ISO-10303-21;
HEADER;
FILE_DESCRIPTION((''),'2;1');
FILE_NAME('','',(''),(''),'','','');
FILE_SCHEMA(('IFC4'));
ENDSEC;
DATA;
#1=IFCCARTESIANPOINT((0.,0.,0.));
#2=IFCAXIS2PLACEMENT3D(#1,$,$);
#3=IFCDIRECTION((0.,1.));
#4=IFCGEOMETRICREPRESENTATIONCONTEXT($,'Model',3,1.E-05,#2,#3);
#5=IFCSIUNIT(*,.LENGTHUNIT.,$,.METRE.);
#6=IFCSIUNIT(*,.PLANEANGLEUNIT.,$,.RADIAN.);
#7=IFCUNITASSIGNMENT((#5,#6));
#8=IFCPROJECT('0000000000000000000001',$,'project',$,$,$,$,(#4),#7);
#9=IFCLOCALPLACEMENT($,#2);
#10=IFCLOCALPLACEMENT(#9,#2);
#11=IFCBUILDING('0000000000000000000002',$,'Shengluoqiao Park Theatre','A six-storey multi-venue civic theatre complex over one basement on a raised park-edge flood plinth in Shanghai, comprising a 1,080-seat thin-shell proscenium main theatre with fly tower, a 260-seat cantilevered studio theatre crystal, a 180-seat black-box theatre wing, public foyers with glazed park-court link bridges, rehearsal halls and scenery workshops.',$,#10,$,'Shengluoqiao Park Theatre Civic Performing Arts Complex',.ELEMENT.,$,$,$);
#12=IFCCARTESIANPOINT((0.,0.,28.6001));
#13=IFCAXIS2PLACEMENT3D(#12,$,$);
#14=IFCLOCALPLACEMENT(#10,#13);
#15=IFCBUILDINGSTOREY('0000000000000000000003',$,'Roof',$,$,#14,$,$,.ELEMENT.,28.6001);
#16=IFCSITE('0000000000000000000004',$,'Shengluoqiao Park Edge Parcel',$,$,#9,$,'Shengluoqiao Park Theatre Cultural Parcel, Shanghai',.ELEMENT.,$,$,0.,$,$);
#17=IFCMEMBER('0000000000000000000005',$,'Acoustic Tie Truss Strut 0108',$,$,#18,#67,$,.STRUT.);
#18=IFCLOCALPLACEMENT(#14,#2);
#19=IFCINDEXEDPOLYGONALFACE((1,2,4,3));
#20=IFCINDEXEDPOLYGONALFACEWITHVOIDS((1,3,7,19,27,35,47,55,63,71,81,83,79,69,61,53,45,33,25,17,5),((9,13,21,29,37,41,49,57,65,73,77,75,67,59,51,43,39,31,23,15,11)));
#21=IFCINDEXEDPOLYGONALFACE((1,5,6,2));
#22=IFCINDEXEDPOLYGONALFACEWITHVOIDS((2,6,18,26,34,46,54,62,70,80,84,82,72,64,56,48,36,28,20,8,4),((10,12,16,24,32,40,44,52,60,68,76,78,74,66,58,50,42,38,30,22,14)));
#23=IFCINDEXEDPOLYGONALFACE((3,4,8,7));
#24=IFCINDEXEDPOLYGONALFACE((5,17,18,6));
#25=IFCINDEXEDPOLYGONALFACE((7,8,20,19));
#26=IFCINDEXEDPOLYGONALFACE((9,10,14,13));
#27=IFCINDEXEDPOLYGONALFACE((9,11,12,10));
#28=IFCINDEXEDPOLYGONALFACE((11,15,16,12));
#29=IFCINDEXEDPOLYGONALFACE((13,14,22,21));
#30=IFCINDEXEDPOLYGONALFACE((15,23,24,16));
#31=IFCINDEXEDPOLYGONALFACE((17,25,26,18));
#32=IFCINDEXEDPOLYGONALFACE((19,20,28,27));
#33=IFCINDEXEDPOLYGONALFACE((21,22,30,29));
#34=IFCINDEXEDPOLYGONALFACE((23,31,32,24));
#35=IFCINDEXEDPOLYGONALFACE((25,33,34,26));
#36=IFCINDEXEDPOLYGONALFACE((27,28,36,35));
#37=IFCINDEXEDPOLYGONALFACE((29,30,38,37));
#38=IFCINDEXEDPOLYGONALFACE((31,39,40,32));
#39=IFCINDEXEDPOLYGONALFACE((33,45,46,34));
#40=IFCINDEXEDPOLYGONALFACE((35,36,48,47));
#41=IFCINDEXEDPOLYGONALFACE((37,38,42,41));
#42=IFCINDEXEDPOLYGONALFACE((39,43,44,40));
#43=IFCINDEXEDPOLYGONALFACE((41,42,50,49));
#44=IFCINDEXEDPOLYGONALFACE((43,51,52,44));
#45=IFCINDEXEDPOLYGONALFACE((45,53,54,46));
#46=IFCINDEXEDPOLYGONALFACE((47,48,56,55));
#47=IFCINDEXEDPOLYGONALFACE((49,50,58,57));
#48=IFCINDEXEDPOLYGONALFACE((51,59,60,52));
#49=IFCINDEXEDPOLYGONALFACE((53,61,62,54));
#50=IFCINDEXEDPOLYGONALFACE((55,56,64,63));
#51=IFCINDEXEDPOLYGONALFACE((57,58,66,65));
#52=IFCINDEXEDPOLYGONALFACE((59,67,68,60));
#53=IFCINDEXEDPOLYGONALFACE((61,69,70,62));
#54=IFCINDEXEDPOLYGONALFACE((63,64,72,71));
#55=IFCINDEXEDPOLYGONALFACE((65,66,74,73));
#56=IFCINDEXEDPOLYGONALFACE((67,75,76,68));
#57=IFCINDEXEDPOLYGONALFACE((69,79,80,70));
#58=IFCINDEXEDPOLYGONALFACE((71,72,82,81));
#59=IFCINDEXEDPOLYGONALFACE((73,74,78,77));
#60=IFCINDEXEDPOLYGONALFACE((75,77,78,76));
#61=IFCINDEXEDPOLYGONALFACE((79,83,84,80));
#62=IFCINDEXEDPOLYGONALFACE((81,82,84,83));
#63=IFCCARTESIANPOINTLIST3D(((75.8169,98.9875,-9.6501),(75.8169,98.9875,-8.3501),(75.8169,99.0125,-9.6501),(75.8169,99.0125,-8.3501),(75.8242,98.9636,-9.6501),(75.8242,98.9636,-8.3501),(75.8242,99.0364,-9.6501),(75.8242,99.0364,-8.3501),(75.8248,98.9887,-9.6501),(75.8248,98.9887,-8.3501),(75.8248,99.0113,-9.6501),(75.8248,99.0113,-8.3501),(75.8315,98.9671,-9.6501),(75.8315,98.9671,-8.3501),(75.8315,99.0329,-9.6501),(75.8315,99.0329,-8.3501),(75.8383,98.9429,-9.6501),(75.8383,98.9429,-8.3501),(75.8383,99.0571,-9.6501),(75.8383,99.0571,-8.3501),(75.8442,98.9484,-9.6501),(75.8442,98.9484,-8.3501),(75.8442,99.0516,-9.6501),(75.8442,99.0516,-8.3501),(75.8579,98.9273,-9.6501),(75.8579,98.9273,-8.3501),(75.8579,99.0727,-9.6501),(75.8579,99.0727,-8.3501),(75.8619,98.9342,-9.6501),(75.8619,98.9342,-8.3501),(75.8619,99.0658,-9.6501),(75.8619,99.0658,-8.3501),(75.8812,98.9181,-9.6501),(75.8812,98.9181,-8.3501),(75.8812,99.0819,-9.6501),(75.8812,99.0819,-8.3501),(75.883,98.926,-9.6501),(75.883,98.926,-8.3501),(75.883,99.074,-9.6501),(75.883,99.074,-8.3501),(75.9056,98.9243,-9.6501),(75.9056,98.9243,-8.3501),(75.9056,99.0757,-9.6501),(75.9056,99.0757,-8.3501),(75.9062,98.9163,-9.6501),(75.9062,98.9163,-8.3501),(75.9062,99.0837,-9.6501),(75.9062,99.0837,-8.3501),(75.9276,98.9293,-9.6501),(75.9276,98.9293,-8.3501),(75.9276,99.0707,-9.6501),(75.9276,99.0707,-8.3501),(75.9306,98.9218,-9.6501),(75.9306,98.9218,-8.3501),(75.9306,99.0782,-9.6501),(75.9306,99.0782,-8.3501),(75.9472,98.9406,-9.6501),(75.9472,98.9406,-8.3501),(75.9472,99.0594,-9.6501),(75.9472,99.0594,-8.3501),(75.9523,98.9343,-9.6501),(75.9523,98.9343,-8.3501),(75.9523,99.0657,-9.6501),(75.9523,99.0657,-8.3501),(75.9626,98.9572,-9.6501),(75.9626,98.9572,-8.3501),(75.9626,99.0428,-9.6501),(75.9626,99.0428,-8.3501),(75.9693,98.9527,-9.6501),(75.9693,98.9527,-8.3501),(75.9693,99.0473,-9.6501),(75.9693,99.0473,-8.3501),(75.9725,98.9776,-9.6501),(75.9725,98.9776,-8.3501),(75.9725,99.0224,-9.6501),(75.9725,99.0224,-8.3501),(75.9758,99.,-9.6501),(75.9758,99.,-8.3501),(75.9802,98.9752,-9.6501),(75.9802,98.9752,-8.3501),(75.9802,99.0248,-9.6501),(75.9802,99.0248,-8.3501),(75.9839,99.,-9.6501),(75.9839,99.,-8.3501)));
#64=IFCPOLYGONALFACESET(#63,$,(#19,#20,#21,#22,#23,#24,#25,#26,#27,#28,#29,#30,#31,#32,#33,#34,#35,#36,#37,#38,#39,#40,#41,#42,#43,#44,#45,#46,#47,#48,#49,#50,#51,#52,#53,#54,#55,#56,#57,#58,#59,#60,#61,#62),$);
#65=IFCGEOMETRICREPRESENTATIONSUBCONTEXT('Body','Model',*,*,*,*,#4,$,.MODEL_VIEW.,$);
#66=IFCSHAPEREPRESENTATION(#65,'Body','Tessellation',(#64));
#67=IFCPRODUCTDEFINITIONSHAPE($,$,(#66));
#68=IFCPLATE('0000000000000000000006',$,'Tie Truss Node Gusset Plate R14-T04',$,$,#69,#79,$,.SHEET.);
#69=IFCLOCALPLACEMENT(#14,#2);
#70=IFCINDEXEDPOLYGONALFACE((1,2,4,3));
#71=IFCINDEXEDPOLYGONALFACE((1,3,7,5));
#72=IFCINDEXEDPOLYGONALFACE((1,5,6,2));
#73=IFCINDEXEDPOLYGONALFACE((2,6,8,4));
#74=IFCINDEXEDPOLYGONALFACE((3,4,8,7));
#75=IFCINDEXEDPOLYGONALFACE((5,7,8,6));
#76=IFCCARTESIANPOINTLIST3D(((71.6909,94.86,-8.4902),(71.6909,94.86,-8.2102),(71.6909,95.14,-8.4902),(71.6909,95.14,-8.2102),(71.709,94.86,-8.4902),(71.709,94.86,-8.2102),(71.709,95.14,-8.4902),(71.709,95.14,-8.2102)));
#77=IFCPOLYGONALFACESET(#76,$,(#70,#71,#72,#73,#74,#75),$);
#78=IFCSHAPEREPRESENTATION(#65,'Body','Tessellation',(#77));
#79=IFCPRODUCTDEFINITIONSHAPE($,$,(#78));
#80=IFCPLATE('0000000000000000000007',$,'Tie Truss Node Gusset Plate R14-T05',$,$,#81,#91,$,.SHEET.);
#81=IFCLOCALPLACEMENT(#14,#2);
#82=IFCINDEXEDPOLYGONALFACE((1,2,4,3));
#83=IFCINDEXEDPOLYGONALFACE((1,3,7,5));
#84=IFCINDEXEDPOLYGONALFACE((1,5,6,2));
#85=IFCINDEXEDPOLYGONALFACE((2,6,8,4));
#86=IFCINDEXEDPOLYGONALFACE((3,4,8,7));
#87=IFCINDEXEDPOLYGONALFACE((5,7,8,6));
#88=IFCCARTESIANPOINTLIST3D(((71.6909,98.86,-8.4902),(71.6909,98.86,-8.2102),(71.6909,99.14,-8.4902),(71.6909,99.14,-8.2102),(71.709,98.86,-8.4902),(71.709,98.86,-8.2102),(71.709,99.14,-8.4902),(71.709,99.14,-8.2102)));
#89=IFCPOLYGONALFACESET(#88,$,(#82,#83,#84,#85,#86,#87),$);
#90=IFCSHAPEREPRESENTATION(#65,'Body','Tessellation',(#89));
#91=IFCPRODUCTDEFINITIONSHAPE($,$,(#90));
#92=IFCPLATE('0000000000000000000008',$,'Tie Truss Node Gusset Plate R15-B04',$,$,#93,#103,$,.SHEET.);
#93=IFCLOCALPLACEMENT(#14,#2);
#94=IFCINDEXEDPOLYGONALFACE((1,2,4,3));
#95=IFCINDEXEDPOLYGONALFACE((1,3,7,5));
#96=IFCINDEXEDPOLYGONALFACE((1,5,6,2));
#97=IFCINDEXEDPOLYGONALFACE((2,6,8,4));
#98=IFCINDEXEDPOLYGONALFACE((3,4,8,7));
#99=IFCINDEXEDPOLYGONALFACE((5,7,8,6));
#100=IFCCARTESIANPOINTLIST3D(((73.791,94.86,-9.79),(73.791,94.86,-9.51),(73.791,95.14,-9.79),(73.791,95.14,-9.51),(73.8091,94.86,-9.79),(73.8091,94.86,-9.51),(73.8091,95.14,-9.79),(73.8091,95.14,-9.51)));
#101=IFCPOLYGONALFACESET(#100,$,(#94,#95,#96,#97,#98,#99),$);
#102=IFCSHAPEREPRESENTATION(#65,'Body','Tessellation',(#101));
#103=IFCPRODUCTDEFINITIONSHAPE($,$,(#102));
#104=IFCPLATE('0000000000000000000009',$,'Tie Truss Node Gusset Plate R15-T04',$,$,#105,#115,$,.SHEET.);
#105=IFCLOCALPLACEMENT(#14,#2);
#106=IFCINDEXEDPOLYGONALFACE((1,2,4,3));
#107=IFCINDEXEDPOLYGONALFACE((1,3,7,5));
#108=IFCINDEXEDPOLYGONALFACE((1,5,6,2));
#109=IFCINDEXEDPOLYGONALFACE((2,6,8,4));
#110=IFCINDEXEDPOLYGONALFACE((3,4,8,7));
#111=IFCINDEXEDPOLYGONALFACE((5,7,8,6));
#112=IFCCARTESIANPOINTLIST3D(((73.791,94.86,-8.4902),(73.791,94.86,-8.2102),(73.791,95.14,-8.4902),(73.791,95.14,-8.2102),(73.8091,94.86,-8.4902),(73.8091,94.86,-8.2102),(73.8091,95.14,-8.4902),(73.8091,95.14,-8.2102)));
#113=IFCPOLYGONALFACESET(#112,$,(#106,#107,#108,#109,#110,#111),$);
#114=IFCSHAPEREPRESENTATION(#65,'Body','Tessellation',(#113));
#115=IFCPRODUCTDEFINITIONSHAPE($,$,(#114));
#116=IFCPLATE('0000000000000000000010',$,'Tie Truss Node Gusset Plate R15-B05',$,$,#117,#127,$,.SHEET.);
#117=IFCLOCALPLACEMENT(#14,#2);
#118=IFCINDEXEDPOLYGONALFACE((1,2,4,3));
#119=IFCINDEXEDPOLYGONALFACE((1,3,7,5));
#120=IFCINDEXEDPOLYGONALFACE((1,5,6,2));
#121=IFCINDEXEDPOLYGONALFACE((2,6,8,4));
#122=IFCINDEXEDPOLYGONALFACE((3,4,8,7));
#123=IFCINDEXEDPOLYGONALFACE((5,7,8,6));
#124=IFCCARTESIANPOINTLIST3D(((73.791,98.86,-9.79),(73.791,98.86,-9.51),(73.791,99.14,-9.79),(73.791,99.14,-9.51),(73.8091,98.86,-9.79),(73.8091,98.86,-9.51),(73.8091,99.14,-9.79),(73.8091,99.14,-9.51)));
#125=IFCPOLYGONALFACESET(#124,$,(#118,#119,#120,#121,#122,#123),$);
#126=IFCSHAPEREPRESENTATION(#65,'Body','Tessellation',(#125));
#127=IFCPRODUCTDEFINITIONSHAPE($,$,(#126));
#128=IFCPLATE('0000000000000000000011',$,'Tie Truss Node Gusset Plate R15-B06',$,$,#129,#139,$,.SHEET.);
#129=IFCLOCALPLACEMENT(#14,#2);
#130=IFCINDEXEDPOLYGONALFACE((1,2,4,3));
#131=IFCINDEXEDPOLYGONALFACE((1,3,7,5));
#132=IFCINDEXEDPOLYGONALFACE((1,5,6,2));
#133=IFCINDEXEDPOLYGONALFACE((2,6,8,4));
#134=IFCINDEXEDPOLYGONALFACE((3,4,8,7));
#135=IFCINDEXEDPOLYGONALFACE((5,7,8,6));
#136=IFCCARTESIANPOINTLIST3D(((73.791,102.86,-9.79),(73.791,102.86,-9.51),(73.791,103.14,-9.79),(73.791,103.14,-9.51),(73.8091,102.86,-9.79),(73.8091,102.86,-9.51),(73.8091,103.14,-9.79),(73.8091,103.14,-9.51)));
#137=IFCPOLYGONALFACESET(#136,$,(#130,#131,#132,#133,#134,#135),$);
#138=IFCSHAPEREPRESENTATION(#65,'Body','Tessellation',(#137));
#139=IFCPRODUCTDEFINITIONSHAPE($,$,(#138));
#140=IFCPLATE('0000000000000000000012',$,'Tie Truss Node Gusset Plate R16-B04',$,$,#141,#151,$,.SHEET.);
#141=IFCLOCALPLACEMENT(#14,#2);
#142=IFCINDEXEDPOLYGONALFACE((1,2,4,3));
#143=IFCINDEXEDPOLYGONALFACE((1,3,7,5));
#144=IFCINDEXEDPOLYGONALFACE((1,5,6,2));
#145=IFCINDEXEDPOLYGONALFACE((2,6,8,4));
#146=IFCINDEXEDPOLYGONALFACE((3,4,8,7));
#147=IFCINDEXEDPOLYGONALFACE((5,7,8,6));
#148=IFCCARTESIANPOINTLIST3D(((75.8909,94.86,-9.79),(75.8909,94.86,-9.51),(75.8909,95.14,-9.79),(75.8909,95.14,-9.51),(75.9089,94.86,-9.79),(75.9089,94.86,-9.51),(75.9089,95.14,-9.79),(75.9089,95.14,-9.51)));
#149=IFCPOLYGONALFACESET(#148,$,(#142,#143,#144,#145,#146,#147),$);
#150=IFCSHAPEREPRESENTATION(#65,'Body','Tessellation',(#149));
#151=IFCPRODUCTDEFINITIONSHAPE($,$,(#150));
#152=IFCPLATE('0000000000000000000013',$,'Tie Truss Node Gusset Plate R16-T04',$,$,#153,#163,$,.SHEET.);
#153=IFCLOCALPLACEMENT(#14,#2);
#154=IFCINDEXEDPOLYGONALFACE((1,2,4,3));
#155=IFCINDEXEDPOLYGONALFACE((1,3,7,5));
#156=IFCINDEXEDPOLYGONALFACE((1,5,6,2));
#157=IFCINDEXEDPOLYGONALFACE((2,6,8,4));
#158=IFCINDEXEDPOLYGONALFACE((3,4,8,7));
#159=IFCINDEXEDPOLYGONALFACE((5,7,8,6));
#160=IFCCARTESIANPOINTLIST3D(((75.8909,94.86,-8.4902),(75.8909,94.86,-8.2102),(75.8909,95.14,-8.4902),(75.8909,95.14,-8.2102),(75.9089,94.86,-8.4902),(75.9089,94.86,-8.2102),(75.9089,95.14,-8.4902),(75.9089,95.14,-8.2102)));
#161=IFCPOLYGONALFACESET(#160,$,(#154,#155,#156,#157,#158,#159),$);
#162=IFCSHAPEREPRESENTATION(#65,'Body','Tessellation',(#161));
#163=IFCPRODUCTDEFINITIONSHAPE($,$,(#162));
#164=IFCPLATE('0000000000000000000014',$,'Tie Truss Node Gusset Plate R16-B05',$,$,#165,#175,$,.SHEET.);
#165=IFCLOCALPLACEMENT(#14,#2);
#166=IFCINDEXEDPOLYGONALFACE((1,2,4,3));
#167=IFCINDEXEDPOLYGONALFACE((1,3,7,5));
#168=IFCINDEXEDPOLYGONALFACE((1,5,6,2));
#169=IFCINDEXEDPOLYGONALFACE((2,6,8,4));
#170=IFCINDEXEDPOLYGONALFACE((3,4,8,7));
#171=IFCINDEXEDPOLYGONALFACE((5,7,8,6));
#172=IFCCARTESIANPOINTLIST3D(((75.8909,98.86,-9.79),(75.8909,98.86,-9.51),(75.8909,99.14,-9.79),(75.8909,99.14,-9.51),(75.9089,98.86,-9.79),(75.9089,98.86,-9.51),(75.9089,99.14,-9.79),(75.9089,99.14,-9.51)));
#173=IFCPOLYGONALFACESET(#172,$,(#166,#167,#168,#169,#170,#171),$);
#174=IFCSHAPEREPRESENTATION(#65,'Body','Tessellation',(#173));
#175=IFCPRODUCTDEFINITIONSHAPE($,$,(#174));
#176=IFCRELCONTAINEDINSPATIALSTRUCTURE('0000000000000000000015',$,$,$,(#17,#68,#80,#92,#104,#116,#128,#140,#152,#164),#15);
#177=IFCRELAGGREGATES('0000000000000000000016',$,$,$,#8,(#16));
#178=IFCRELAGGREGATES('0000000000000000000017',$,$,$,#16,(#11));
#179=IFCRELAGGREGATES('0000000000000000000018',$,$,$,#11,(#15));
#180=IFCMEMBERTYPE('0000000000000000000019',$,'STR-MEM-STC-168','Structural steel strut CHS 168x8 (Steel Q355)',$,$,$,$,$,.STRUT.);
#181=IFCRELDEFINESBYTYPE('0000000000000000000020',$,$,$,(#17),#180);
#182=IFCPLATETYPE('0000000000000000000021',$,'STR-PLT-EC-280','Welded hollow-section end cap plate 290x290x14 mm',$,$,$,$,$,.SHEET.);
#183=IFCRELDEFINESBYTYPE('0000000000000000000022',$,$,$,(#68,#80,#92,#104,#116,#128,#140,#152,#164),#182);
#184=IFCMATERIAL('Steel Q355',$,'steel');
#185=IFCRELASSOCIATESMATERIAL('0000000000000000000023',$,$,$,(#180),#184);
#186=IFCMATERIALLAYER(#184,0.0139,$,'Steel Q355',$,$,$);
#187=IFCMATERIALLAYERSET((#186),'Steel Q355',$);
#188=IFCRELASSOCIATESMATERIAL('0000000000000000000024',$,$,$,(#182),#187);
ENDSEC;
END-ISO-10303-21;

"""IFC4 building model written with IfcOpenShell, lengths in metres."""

from ifc_helpers import new_model, si_unit, direction, frame, origin, origin_2d, place, context, subcontext, project, spatial, rectangle, hollow_circle, extrude, material, layer, layer_set, material_profile, profile_set, type_object, element, save


model = new_model("IFC4")

# Units and contexts
model_context = context("Model", 3, precision=1e-05, world=origin(), true_north=direction((0.0, 1.0)))
body_context = subcontext(model_context, "Body", "Model", "MODEL_VIEW")
ifc_project = project(units=[si_unit("LENGTHUNIT", "METRE"), si_unit("PLANEANGLEUNIT", "RADIAN")], contexts=[model_context])

# Site, building, storey
site_placement = place(None, origin())
site = spatial("IfcSite", under=ifc_project, at=site_placement, Name="Shengluoqiao Park Edge Parcel", LongName="Shengluoqiao Park Theatre Cultural Parcel, Shanghai", CompositionType="ELEMENT", RefElevation=0.0)
building_placement = place(site_placement, origin())
building = spatial("IfcBuilding", under=site, at=building_placement, Name="Shengluoqiao Park Theatre", Description="A six-storey multi-venue civic theatre complex over one basement on a raised park-edge flood plinth in Shanghai, comprising a 1,080-seat thin-shell proscenium main theatre with fly tower, a 260-seat cantilevered studio theatre crystal, a 180-seat black-box theatre wing, public foyers with glazed park-court link bridges, rehearsal halls and scenery workshops.", LongName="Shengluoqiao Park Theatre Civic Performing Arts Complex", CompositionType="ELEMENT")
storey_placement = place(building_placement, frame((0.0, 0.0, 28.6001)))
storey = spatial("IfcBuildingStorey", under=building, at=storey_placement, Name="Roof", CompositionType="ELEMENT", Elevation=28.6001)

# Shared definitions
ifc_material = material(Name="Steel Q355", Category="steel")

# Member
ifc_material_profile_1 = material_profile(ifc_material, hollow_circle(Radius=0.084, WallThickness=0.0081, at=origin_2d()), Name="CHS 168x8")
ifc_profile_set_1 = profile_set([ifc_material_profile_1], Name="Steel Q355")
member_type_1 = type_object("IfcMemberType", Name="STR-MEM-STC-168", Description="Structural steel strut CHS 168x8 (Steel Q355)", PredefinedType="STRUT", material=ifc_profile_set_1)
for number, where, z_axis, x_axis, name in (
    (1, (75.8999, 99.0, -9.6501), (0.0, 0.0, 1.0), (1.0, 0.0, 0.0), "Acoustic Tie Truss Strut 0108"),
):
    element("IfcMember", number, at=place(storey_placement, frame(where, z_axis=z_axis, x_axis=x_axis)), inside=storey, type_object=member_type_1, Name=name, PredefinedType="STRUT", context=body_context, shape_type="SweptSolid", body=[
        extrude(hollow_circle(Radius=0.084, WallThickness=0.0081, at=origin_2d()), origin(), (0.0, 0.0, 1.0), 1.3),
    ])

# Plates
ifc_layer = layer(ifc_material, 0.0139, Name="Steel Q355")
ifc_layer_set = layer_set([ifc_layer], Name="Steel Q355")
plate_type = type_object("IfcPlateType", Name="STR-PLT-EC-280", Description="Welded hollow-section end cap plate 290x290x14 mm", PredefinedType="SHEET", material=ifc_layer_set)
for number, where, z_axis, x_axis, name in (
    (2, (71.7, 95.0, -8.4902), (0.0, 0.0, 1.0), (1.0, 0.0, 0.0), "Tie Truss Node Gusset Plate R14-T04"),
    (3, (71.7, 99.0, -8.4902), (0.0, 0.0, 1.0), (1.0, 0.0, 0.0), "Tie Truss Node Gusset Plate R14-T05"),
    (4, (73.8, 95.0, -9.79), (0.0, 0.0, 1.0), (1.0, 0.0, 0.0), "Tie Truss Node Gusset Plate R15-B04"),
    (5, (73.8, 95.0, -8.4902), (0.0, 0.0, 1.0), (1.0, 0.0, 0.0), "Tie Truss Node Gusset Plate R15-T04"),
    (6, (73.8, 99.0, -9.79), (0.0, 0.0, 1.0), (1.0, 0.0, 0.0), "Tie Truss Node Gusset Plate R15-B05"),
    (7, (73.8, 103.0, -9.79), (0.0, 0.0, 1.0), (1.0, 0.0, 0.0), "Tie Truss Node Gusset Plate R15-B06"),
    (8, (75.8999, 95.0, -9.79), (0.0, 0.0, 1.0), (1.0, 0.0, 0.0), "Tie Truss Node Gusset Plate R16-B04"),
    (9, (75.8999, 95.0, -8.4902), (0.0, 0.0, 1.0), (1.0, 0.0, 0.0), "Tie Truss Node Gusset Plate R16-T04"),
    (10, (75.8999, 99.0, -9.79), (0.0, 0.0, 1.0), (1.0, 0.0, 0.0), "Tie Truss Node Gusset Plate R16-B05"),
):
    element("IfcPlate", number, at=place(storey_placement, frame(where, z_axis=z_axis, x_axis=x_axis)), inside=storey, type_object=plate_type, Name=name, PredefinedType="SHEET", context=body_context, shape_type="SweptSolid", body=[
        extrude(rectangle(XDim=0.0181, YDim=0.28, at=origin_2d()), origin(), (0.0, 0.0, 1.0), 0.28),
    ])

save(model, "model.ifc")
